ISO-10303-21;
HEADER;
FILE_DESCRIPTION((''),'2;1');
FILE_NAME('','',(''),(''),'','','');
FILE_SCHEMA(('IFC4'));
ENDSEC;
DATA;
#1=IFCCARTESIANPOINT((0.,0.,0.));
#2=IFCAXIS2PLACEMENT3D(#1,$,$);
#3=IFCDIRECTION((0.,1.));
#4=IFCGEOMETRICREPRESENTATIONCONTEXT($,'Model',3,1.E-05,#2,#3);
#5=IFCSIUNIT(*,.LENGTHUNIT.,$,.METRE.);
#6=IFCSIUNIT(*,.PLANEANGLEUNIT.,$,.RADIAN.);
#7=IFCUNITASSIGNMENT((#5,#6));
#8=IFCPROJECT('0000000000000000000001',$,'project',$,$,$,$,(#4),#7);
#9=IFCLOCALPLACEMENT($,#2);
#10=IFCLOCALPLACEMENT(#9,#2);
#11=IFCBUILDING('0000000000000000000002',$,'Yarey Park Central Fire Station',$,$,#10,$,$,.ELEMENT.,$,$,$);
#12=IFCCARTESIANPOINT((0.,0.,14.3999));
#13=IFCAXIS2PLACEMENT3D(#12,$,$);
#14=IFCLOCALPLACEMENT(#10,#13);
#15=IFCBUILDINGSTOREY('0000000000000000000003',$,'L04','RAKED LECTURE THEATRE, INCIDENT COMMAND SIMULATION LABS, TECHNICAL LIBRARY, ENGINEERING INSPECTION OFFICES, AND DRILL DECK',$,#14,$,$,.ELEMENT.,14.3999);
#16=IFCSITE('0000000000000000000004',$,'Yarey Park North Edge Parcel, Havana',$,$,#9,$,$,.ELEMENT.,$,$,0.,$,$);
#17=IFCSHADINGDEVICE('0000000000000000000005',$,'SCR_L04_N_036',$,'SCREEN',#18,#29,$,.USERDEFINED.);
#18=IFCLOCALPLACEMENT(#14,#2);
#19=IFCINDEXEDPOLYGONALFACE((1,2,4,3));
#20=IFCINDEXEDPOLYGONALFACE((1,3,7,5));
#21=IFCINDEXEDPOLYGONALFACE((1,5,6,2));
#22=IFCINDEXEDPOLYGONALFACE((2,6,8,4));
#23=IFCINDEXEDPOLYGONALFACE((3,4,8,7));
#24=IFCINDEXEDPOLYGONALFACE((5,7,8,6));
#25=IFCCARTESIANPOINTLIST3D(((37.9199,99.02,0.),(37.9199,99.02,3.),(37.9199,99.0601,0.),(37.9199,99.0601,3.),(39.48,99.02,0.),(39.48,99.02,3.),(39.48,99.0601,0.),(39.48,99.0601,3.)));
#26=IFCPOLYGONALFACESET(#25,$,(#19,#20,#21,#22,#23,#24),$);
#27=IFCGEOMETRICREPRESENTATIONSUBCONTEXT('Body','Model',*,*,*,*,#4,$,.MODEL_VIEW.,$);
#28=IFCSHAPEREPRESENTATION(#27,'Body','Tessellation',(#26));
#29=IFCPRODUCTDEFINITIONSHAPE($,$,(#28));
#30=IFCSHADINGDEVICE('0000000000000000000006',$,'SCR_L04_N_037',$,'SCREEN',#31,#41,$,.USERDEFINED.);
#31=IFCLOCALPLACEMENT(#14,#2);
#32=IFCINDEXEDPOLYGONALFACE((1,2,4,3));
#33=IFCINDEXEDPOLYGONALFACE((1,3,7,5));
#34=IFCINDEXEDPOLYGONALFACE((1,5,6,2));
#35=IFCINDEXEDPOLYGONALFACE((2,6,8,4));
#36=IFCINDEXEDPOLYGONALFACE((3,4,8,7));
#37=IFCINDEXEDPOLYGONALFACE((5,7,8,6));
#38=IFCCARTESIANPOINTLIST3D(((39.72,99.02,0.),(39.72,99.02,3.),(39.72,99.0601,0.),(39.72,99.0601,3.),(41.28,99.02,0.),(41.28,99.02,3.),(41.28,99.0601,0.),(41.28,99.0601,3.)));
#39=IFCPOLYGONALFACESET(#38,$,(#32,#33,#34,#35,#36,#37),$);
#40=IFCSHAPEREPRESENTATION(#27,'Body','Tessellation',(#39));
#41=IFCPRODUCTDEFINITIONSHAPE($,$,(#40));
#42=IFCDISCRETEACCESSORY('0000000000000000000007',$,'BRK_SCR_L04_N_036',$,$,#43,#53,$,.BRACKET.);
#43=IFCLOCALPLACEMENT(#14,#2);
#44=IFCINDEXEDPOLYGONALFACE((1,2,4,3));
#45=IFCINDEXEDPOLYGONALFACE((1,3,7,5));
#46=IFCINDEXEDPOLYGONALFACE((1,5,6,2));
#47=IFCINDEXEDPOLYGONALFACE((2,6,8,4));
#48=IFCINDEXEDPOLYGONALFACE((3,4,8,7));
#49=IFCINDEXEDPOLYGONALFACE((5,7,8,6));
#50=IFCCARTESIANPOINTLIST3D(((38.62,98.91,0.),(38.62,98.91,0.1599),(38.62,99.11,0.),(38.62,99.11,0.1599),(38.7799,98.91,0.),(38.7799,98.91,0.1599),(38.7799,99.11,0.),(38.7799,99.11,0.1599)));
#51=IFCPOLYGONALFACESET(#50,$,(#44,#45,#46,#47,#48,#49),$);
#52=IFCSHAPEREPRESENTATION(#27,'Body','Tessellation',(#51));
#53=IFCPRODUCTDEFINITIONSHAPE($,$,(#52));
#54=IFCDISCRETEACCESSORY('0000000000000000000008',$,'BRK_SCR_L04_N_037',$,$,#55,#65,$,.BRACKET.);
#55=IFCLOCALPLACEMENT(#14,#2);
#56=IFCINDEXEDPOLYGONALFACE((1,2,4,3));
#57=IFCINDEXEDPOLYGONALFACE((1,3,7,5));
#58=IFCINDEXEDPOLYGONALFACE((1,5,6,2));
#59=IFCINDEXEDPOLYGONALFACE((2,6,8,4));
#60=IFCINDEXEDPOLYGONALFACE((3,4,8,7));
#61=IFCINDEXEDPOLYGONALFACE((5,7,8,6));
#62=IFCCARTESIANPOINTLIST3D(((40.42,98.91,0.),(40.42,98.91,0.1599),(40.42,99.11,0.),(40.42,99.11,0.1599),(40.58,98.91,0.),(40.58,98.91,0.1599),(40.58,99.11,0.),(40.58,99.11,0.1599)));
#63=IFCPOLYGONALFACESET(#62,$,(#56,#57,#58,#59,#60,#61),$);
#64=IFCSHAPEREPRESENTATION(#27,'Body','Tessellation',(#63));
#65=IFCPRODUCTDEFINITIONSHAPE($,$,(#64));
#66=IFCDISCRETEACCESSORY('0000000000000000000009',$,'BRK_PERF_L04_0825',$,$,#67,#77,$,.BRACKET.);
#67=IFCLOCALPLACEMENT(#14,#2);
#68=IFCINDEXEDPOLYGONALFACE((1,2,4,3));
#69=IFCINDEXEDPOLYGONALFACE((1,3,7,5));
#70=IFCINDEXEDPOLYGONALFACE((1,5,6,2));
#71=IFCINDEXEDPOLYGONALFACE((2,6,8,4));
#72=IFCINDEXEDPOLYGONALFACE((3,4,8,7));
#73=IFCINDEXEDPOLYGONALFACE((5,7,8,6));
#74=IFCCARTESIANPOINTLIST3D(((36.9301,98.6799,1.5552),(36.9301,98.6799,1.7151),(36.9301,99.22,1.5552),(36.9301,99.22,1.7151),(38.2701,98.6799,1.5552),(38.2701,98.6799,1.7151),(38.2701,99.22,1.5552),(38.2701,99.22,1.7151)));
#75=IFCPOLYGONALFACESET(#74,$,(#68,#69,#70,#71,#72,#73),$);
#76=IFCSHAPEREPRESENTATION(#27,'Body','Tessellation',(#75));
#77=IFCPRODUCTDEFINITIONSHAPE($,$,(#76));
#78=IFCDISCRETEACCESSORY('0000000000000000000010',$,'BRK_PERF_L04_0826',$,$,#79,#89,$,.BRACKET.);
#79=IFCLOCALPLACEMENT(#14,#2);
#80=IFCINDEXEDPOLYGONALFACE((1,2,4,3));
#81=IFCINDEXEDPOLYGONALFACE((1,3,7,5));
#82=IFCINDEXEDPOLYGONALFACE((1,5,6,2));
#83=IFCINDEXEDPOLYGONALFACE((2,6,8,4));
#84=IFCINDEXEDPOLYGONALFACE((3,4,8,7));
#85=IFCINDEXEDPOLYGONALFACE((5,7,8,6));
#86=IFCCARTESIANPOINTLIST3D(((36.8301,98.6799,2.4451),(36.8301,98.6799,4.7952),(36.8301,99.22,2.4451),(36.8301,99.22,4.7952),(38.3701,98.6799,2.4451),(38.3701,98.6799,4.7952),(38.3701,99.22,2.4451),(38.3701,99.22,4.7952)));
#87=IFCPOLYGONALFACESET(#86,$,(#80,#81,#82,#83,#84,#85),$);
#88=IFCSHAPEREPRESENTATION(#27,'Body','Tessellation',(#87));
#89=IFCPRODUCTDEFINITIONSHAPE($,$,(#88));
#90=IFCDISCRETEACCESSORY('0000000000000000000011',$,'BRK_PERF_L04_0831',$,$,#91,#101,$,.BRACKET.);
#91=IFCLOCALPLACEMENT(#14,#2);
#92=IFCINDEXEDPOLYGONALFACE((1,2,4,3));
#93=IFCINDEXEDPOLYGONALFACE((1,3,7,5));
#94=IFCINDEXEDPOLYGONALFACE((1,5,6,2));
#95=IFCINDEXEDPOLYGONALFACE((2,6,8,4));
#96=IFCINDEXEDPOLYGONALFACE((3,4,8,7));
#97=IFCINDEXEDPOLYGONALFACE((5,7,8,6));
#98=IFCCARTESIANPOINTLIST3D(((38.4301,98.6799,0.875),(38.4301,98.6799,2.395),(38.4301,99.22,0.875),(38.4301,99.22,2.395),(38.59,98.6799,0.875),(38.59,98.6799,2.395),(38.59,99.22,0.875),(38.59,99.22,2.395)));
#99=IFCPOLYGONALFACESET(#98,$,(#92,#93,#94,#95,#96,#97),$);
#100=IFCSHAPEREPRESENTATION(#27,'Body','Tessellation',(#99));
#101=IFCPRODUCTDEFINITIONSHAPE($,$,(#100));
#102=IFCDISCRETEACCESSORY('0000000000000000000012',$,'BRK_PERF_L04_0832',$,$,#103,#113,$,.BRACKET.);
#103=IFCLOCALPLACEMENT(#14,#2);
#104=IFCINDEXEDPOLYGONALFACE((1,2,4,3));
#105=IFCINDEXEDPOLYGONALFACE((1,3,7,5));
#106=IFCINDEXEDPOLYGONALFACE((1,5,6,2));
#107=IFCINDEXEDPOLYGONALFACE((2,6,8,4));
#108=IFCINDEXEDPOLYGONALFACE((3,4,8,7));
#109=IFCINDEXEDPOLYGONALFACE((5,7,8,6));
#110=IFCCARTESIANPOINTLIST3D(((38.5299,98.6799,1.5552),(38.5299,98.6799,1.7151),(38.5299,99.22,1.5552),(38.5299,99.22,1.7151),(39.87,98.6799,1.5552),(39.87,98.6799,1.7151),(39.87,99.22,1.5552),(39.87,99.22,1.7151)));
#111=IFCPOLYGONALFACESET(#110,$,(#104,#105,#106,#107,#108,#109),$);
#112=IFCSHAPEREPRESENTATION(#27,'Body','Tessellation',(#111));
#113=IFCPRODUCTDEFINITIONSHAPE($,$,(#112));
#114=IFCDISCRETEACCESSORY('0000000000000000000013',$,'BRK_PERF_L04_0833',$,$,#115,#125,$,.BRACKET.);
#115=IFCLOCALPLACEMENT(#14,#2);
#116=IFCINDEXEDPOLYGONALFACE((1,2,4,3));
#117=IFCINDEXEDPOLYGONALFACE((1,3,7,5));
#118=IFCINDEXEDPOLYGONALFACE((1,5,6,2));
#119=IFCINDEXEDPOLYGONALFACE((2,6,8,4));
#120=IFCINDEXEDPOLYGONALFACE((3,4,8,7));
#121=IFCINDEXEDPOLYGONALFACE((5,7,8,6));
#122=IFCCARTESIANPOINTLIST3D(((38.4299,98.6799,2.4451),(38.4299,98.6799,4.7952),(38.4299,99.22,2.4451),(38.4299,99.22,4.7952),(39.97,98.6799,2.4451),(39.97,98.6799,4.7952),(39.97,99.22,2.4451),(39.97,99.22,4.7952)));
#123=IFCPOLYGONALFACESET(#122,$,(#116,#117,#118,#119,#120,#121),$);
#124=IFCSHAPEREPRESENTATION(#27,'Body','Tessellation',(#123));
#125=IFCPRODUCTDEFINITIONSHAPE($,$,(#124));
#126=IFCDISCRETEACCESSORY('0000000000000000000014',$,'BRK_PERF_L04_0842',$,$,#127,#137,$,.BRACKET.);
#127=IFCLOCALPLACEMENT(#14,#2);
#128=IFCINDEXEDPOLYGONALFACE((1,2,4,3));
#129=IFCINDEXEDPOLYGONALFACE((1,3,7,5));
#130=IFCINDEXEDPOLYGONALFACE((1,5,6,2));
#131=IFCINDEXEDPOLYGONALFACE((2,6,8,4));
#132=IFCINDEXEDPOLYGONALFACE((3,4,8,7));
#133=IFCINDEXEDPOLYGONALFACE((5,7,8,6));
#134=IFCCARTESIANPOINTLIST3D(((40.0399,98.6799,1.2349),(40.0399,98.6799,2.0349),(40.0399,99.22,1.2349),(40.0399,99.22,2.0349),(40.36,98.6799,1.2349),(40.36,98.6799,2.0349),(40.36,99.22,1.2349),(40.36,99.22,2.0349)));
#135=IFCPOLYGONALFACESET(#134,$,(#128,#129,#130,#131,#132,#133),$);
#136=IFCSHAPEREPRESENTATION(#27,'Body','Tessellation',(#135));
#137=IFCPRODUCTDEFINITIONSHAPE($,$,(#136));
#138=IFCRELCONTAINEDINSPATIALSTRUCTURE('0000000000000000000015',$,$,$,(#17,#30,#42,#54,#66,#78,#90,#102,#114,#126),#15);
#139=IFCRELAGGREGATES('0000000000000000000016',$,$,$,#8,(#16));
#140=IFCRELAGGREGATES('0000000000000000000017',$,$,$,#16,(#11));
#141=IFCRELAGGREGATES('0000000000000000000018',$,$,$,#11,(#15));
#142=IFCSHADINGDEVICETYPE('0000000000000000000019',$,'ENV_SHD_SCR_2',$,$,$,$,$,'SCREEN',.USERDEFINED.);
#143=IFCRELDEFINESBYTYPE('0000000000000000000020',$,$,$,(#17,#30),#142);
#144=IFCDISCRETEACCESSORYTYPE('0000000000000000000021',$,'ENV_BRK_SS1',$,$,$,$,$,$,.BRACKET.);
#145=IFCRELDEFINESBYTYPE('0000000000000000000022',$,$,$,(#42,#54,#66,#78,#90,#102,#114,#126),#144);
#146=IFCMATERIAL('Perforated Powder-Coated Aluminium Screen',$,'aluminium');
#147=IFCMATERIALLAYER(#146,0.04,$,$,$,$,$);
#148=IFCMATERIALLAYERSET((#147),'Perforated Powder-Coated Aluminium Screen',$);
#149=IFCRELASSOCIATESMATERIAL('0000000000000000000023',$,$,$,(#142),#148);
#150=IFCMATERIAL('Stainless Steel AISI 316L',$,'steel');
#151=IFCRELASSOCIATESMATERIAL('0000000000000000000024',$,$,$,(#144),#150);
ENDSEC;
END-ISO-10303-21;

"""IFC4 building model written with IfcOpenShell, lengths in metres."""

from ifc_helpers import new_model, si_unit, direction, frame, origin, origin_2d, place, context, subcontext, project, spatial, rectangle, extrude, material, layer, layer_set, type_object, element, save


model = new_model("IFC4")

# Units and contexts
model_context = context("Model", 3, precision=1e-05, world=origin(), true_north=direction((0.0, 1.0)))
body_context = subcontext(model_context, "Body", "Model", "MODEL_VIEW")
ifc_project = project(units=[si_unit("LENGTHUNIT", "METRE"), si_unit("PLANEANGLEUNIT", "RADIAN")], contexts=[model_context])

# Site, building, storey
site_placement = place(None, origin())
site = spatial("IfcSite", under=ifc_project, at=site_placement, Name="Yarey Park North Edge Parcel, Havana", CompositionType="ELEMENT", RefElevation=0.0)
building_placement = place(site_placement, origin())
building = spatial("IfcBuilding", under=site, at=building_placement, Name="Yarey Park Central Fire Station", CompositionType="ELEMENT")
storey_placement = place(building_placement, frame((0.0, 0.0, 14.3999)))
storey = spatial("IfcBuildingStorey", under=building, at=storey_placement, Name="L04", Description="RAKED LECTURE THEATRE, INCIDENT COMMAND SIMULATION LABS, TECHNICAL LIBRARY, ENGINEERING INSPECTION OFFICES, AND DRILL DECK", CompositionType="ELEMENT", Elevation=14.3999)

# Shading devices
ifc_material_1 = material(Name="Perforated Powder-Coated Aluminium Screen", Category="aluminium")
ifc_layer_1 = layer(ifc_material_1, 0.04)
ifc_layer_set_1 = layer_set([ifc_layer_1], Name="Perforated Powder-Coated Aluminium Screen")
shading_device_type = type_object("IfcShadingDeviceType", Name="ENV_SHD_SCR_2", ElementType="SCREEN", PredefinedType="USERDEFINED", material=ifc_layer_set_1)
for number, where, z_axis, x_axis, name in (
    (1, (38.7, 99.04, 0.0), (0.0, 0.0, 1.0), (1.0, 0.0, 0.0), "SCR_L04_N_036"),
    (2, (40.5, 99.04, 0.0), (0.0, 0.0, 1.0), (1.0, 0.0, 0.0), "SCR_L04_N_037"),
):
    element("IfcShadingDevice", number, at=place(storey_placement, frame(where, z_axis=z_axis, x_axis=x_axis)), inside=storey, type_object=shading_device_type, Name=name, ObjectType="SCREEN", PredefinedType="USERDEFINED", context=body_context, shape_type="SweptSolid", body=[
        extrude(rectangle(XDim=1.5601, YDim=0.04, at=origin_2d()), origin(), (0.0, 0.0, 1.0), 3.0),
    ])

# Discrete accessories
ifc_material_2 = material(Name="Stainless Steel AISI 316L", Category="steel")
discrete_accessory_type = type_object("IfcDiscreteAccessoryType", Name="ENV_BRK_SS1", PredefinedType="BRACKET", material=ifc_material_2)
for number, where, z_axis, x_axis, name in (
    (3, (38.7, 99.01, 0.0), (0.0, 0.0, 1.0), (1.0, 0.0, 0.0), "BRK_SCR_L04_N_036"),
    (4, (40.5, 99.01, 0.0), (0.0, 0.0, 1.0), (1.0, 0.0, 0.0), "BRK_SCR_L04_N_037"),
):
    element("IfcDiscreteAccessory", number, at=place(storey_placement, frame(where, z_axis=z_axis, x_axis=x_axis)), inside=storey, type_object=discrete_accessory_type, Name=name, PredefinedType="BRACKET", context=body_context, shape_type="SweptSolid", body=[
        extrude(rectangle(XDim=0.1599, YDim=0.2, at=origin_2d()), origin(), (0.0, 0.0, 1.0), 0.1599),
    ])
discrete_accessory_1_placement = place(storey_placement, frame((37.6001, 98.95, 1.5552), z_axis=(0.0, 0.0, 1.0), x_axis=(1.0, 0.0, 0.0)))
element("IfcDiscreteAccessory", 5, at=discrete_accessory_1_placement, inside=storey, type_object=discrete_accessory_type, Name="BRK_PERF_L04_0825", PredefinedType="BRACKET", context=body_context, shape_type="SweptSolid", body=[
    extrude(rectangle(XDim=1.3401, YDim=0.54, at=origin_2d()), origin(), (0.0, 0.0, 1.0), 0.1599),
])
discrete_accessory_2_placement = place(storey_placement, frame((37.6001, 98.95, 2.4451), z_axis=(0.0, 0.0, 1.0), x_axis=(1.0, 0.0, 0.0)))
element("IfcDiscreteAccessory", 6, at=discrete_accessory_2_placement, inside=storey, type_object=discrete_accessory_type, Name="BRK_PERF_L04_0826", PredefinedType="BRACKET", context=body_context, shape_type="SweptSolid", body=[
    extrude(rectangle(XDim=1.54, YDim=0.54, at=origin_2d()), origin(), (0.0, 0.0, 1.0), 2.3501),
])
discrete_accessory_3_placement = place(storey_placement, frame((38.51, 98.95, 0.875), z_axis=(0.0, 0.0, 1.0), x_axis=(1.0, 0.0, 0.0)))
element("IfcDiscreteAccessory", 7, at=discrete_accessory_3_placement, inside=storey, type_object=discrete_accessory_type, Name="BRK_PERF_L04_0831", PredefinedType="BRACKET", context=body_context, shape_type="SweptSolid", body=[
    extrude(rectangle(XDim=0.1599, YDim=0.54, at=origin_2d()), origin(), (0.0, 0.0, 1.0), 1.52),
])
discrete_accessory_4_placement = place(storey_placement, frame((39.2, 98.95, 1.5552), z_axis=(0.0, 0.0, 1.0), x_axis=(1.0, 0.0, 0.0)))
element("IfcDiscreteAccessory", 8, at=discrete_accessory_4_placement, inside=storey, type_object=discrete_accessory_type, Name="BRK_PERF_L04_0832", PredefinedType="BRACKET", context=body_context, shape_type="SweptSolid", body=[
    extrude(rectangle(XDim=1.3401, YDim=0.54, at=origin_2d()), origin(), (0.0, 0.0, 1.0), 0.1599),
])
discrete_accessory_5_placement = place(storey_placement, frame((39.2, 98.95, 2.4451), z_axis=(0.0, 0.0, 1.0), x_axis=(1.0, 0.0, 0.0)))
element("IfcDiscreteAccessory", 9, at=discrete_accessory_5_placement, inside=storey, type_object=discrete_accessory_type, Name="BRK_PERF_L04_0833", PredefinedType="BRACKET", context=body_context, shape_type="SweptSolid", body=[
    extrude(rectangle(XDim=1.54, YDim=0.54, at=origin_2d()), origin(), (0.0, 0.0, 1.0), 2.3501),
])
discrete_accessory_6_placement = place(storey_placement, frame((40.2, 98.95, 1.2349), z_axis=(0.0, 0.0, 1.0), x_axis=(1.0, 0.0, 0.0)))
element("IfcDiscreteAccessory", 10, at=discrete_accessory_6_placement, inside=storey, type_object=discrete_accessory_type, Name="BRK_PERF_L04_0842", PredefinedType="BRACKET", context=body_context, shape_type="SweptSolid", body=[
    extrude(rectangle(XDim=0.3201, YDim=0.54, at=origin_2d()), origin(), (0.0, 0.0, 1.0), 0.8),
])

save(model, "model.ifc")
